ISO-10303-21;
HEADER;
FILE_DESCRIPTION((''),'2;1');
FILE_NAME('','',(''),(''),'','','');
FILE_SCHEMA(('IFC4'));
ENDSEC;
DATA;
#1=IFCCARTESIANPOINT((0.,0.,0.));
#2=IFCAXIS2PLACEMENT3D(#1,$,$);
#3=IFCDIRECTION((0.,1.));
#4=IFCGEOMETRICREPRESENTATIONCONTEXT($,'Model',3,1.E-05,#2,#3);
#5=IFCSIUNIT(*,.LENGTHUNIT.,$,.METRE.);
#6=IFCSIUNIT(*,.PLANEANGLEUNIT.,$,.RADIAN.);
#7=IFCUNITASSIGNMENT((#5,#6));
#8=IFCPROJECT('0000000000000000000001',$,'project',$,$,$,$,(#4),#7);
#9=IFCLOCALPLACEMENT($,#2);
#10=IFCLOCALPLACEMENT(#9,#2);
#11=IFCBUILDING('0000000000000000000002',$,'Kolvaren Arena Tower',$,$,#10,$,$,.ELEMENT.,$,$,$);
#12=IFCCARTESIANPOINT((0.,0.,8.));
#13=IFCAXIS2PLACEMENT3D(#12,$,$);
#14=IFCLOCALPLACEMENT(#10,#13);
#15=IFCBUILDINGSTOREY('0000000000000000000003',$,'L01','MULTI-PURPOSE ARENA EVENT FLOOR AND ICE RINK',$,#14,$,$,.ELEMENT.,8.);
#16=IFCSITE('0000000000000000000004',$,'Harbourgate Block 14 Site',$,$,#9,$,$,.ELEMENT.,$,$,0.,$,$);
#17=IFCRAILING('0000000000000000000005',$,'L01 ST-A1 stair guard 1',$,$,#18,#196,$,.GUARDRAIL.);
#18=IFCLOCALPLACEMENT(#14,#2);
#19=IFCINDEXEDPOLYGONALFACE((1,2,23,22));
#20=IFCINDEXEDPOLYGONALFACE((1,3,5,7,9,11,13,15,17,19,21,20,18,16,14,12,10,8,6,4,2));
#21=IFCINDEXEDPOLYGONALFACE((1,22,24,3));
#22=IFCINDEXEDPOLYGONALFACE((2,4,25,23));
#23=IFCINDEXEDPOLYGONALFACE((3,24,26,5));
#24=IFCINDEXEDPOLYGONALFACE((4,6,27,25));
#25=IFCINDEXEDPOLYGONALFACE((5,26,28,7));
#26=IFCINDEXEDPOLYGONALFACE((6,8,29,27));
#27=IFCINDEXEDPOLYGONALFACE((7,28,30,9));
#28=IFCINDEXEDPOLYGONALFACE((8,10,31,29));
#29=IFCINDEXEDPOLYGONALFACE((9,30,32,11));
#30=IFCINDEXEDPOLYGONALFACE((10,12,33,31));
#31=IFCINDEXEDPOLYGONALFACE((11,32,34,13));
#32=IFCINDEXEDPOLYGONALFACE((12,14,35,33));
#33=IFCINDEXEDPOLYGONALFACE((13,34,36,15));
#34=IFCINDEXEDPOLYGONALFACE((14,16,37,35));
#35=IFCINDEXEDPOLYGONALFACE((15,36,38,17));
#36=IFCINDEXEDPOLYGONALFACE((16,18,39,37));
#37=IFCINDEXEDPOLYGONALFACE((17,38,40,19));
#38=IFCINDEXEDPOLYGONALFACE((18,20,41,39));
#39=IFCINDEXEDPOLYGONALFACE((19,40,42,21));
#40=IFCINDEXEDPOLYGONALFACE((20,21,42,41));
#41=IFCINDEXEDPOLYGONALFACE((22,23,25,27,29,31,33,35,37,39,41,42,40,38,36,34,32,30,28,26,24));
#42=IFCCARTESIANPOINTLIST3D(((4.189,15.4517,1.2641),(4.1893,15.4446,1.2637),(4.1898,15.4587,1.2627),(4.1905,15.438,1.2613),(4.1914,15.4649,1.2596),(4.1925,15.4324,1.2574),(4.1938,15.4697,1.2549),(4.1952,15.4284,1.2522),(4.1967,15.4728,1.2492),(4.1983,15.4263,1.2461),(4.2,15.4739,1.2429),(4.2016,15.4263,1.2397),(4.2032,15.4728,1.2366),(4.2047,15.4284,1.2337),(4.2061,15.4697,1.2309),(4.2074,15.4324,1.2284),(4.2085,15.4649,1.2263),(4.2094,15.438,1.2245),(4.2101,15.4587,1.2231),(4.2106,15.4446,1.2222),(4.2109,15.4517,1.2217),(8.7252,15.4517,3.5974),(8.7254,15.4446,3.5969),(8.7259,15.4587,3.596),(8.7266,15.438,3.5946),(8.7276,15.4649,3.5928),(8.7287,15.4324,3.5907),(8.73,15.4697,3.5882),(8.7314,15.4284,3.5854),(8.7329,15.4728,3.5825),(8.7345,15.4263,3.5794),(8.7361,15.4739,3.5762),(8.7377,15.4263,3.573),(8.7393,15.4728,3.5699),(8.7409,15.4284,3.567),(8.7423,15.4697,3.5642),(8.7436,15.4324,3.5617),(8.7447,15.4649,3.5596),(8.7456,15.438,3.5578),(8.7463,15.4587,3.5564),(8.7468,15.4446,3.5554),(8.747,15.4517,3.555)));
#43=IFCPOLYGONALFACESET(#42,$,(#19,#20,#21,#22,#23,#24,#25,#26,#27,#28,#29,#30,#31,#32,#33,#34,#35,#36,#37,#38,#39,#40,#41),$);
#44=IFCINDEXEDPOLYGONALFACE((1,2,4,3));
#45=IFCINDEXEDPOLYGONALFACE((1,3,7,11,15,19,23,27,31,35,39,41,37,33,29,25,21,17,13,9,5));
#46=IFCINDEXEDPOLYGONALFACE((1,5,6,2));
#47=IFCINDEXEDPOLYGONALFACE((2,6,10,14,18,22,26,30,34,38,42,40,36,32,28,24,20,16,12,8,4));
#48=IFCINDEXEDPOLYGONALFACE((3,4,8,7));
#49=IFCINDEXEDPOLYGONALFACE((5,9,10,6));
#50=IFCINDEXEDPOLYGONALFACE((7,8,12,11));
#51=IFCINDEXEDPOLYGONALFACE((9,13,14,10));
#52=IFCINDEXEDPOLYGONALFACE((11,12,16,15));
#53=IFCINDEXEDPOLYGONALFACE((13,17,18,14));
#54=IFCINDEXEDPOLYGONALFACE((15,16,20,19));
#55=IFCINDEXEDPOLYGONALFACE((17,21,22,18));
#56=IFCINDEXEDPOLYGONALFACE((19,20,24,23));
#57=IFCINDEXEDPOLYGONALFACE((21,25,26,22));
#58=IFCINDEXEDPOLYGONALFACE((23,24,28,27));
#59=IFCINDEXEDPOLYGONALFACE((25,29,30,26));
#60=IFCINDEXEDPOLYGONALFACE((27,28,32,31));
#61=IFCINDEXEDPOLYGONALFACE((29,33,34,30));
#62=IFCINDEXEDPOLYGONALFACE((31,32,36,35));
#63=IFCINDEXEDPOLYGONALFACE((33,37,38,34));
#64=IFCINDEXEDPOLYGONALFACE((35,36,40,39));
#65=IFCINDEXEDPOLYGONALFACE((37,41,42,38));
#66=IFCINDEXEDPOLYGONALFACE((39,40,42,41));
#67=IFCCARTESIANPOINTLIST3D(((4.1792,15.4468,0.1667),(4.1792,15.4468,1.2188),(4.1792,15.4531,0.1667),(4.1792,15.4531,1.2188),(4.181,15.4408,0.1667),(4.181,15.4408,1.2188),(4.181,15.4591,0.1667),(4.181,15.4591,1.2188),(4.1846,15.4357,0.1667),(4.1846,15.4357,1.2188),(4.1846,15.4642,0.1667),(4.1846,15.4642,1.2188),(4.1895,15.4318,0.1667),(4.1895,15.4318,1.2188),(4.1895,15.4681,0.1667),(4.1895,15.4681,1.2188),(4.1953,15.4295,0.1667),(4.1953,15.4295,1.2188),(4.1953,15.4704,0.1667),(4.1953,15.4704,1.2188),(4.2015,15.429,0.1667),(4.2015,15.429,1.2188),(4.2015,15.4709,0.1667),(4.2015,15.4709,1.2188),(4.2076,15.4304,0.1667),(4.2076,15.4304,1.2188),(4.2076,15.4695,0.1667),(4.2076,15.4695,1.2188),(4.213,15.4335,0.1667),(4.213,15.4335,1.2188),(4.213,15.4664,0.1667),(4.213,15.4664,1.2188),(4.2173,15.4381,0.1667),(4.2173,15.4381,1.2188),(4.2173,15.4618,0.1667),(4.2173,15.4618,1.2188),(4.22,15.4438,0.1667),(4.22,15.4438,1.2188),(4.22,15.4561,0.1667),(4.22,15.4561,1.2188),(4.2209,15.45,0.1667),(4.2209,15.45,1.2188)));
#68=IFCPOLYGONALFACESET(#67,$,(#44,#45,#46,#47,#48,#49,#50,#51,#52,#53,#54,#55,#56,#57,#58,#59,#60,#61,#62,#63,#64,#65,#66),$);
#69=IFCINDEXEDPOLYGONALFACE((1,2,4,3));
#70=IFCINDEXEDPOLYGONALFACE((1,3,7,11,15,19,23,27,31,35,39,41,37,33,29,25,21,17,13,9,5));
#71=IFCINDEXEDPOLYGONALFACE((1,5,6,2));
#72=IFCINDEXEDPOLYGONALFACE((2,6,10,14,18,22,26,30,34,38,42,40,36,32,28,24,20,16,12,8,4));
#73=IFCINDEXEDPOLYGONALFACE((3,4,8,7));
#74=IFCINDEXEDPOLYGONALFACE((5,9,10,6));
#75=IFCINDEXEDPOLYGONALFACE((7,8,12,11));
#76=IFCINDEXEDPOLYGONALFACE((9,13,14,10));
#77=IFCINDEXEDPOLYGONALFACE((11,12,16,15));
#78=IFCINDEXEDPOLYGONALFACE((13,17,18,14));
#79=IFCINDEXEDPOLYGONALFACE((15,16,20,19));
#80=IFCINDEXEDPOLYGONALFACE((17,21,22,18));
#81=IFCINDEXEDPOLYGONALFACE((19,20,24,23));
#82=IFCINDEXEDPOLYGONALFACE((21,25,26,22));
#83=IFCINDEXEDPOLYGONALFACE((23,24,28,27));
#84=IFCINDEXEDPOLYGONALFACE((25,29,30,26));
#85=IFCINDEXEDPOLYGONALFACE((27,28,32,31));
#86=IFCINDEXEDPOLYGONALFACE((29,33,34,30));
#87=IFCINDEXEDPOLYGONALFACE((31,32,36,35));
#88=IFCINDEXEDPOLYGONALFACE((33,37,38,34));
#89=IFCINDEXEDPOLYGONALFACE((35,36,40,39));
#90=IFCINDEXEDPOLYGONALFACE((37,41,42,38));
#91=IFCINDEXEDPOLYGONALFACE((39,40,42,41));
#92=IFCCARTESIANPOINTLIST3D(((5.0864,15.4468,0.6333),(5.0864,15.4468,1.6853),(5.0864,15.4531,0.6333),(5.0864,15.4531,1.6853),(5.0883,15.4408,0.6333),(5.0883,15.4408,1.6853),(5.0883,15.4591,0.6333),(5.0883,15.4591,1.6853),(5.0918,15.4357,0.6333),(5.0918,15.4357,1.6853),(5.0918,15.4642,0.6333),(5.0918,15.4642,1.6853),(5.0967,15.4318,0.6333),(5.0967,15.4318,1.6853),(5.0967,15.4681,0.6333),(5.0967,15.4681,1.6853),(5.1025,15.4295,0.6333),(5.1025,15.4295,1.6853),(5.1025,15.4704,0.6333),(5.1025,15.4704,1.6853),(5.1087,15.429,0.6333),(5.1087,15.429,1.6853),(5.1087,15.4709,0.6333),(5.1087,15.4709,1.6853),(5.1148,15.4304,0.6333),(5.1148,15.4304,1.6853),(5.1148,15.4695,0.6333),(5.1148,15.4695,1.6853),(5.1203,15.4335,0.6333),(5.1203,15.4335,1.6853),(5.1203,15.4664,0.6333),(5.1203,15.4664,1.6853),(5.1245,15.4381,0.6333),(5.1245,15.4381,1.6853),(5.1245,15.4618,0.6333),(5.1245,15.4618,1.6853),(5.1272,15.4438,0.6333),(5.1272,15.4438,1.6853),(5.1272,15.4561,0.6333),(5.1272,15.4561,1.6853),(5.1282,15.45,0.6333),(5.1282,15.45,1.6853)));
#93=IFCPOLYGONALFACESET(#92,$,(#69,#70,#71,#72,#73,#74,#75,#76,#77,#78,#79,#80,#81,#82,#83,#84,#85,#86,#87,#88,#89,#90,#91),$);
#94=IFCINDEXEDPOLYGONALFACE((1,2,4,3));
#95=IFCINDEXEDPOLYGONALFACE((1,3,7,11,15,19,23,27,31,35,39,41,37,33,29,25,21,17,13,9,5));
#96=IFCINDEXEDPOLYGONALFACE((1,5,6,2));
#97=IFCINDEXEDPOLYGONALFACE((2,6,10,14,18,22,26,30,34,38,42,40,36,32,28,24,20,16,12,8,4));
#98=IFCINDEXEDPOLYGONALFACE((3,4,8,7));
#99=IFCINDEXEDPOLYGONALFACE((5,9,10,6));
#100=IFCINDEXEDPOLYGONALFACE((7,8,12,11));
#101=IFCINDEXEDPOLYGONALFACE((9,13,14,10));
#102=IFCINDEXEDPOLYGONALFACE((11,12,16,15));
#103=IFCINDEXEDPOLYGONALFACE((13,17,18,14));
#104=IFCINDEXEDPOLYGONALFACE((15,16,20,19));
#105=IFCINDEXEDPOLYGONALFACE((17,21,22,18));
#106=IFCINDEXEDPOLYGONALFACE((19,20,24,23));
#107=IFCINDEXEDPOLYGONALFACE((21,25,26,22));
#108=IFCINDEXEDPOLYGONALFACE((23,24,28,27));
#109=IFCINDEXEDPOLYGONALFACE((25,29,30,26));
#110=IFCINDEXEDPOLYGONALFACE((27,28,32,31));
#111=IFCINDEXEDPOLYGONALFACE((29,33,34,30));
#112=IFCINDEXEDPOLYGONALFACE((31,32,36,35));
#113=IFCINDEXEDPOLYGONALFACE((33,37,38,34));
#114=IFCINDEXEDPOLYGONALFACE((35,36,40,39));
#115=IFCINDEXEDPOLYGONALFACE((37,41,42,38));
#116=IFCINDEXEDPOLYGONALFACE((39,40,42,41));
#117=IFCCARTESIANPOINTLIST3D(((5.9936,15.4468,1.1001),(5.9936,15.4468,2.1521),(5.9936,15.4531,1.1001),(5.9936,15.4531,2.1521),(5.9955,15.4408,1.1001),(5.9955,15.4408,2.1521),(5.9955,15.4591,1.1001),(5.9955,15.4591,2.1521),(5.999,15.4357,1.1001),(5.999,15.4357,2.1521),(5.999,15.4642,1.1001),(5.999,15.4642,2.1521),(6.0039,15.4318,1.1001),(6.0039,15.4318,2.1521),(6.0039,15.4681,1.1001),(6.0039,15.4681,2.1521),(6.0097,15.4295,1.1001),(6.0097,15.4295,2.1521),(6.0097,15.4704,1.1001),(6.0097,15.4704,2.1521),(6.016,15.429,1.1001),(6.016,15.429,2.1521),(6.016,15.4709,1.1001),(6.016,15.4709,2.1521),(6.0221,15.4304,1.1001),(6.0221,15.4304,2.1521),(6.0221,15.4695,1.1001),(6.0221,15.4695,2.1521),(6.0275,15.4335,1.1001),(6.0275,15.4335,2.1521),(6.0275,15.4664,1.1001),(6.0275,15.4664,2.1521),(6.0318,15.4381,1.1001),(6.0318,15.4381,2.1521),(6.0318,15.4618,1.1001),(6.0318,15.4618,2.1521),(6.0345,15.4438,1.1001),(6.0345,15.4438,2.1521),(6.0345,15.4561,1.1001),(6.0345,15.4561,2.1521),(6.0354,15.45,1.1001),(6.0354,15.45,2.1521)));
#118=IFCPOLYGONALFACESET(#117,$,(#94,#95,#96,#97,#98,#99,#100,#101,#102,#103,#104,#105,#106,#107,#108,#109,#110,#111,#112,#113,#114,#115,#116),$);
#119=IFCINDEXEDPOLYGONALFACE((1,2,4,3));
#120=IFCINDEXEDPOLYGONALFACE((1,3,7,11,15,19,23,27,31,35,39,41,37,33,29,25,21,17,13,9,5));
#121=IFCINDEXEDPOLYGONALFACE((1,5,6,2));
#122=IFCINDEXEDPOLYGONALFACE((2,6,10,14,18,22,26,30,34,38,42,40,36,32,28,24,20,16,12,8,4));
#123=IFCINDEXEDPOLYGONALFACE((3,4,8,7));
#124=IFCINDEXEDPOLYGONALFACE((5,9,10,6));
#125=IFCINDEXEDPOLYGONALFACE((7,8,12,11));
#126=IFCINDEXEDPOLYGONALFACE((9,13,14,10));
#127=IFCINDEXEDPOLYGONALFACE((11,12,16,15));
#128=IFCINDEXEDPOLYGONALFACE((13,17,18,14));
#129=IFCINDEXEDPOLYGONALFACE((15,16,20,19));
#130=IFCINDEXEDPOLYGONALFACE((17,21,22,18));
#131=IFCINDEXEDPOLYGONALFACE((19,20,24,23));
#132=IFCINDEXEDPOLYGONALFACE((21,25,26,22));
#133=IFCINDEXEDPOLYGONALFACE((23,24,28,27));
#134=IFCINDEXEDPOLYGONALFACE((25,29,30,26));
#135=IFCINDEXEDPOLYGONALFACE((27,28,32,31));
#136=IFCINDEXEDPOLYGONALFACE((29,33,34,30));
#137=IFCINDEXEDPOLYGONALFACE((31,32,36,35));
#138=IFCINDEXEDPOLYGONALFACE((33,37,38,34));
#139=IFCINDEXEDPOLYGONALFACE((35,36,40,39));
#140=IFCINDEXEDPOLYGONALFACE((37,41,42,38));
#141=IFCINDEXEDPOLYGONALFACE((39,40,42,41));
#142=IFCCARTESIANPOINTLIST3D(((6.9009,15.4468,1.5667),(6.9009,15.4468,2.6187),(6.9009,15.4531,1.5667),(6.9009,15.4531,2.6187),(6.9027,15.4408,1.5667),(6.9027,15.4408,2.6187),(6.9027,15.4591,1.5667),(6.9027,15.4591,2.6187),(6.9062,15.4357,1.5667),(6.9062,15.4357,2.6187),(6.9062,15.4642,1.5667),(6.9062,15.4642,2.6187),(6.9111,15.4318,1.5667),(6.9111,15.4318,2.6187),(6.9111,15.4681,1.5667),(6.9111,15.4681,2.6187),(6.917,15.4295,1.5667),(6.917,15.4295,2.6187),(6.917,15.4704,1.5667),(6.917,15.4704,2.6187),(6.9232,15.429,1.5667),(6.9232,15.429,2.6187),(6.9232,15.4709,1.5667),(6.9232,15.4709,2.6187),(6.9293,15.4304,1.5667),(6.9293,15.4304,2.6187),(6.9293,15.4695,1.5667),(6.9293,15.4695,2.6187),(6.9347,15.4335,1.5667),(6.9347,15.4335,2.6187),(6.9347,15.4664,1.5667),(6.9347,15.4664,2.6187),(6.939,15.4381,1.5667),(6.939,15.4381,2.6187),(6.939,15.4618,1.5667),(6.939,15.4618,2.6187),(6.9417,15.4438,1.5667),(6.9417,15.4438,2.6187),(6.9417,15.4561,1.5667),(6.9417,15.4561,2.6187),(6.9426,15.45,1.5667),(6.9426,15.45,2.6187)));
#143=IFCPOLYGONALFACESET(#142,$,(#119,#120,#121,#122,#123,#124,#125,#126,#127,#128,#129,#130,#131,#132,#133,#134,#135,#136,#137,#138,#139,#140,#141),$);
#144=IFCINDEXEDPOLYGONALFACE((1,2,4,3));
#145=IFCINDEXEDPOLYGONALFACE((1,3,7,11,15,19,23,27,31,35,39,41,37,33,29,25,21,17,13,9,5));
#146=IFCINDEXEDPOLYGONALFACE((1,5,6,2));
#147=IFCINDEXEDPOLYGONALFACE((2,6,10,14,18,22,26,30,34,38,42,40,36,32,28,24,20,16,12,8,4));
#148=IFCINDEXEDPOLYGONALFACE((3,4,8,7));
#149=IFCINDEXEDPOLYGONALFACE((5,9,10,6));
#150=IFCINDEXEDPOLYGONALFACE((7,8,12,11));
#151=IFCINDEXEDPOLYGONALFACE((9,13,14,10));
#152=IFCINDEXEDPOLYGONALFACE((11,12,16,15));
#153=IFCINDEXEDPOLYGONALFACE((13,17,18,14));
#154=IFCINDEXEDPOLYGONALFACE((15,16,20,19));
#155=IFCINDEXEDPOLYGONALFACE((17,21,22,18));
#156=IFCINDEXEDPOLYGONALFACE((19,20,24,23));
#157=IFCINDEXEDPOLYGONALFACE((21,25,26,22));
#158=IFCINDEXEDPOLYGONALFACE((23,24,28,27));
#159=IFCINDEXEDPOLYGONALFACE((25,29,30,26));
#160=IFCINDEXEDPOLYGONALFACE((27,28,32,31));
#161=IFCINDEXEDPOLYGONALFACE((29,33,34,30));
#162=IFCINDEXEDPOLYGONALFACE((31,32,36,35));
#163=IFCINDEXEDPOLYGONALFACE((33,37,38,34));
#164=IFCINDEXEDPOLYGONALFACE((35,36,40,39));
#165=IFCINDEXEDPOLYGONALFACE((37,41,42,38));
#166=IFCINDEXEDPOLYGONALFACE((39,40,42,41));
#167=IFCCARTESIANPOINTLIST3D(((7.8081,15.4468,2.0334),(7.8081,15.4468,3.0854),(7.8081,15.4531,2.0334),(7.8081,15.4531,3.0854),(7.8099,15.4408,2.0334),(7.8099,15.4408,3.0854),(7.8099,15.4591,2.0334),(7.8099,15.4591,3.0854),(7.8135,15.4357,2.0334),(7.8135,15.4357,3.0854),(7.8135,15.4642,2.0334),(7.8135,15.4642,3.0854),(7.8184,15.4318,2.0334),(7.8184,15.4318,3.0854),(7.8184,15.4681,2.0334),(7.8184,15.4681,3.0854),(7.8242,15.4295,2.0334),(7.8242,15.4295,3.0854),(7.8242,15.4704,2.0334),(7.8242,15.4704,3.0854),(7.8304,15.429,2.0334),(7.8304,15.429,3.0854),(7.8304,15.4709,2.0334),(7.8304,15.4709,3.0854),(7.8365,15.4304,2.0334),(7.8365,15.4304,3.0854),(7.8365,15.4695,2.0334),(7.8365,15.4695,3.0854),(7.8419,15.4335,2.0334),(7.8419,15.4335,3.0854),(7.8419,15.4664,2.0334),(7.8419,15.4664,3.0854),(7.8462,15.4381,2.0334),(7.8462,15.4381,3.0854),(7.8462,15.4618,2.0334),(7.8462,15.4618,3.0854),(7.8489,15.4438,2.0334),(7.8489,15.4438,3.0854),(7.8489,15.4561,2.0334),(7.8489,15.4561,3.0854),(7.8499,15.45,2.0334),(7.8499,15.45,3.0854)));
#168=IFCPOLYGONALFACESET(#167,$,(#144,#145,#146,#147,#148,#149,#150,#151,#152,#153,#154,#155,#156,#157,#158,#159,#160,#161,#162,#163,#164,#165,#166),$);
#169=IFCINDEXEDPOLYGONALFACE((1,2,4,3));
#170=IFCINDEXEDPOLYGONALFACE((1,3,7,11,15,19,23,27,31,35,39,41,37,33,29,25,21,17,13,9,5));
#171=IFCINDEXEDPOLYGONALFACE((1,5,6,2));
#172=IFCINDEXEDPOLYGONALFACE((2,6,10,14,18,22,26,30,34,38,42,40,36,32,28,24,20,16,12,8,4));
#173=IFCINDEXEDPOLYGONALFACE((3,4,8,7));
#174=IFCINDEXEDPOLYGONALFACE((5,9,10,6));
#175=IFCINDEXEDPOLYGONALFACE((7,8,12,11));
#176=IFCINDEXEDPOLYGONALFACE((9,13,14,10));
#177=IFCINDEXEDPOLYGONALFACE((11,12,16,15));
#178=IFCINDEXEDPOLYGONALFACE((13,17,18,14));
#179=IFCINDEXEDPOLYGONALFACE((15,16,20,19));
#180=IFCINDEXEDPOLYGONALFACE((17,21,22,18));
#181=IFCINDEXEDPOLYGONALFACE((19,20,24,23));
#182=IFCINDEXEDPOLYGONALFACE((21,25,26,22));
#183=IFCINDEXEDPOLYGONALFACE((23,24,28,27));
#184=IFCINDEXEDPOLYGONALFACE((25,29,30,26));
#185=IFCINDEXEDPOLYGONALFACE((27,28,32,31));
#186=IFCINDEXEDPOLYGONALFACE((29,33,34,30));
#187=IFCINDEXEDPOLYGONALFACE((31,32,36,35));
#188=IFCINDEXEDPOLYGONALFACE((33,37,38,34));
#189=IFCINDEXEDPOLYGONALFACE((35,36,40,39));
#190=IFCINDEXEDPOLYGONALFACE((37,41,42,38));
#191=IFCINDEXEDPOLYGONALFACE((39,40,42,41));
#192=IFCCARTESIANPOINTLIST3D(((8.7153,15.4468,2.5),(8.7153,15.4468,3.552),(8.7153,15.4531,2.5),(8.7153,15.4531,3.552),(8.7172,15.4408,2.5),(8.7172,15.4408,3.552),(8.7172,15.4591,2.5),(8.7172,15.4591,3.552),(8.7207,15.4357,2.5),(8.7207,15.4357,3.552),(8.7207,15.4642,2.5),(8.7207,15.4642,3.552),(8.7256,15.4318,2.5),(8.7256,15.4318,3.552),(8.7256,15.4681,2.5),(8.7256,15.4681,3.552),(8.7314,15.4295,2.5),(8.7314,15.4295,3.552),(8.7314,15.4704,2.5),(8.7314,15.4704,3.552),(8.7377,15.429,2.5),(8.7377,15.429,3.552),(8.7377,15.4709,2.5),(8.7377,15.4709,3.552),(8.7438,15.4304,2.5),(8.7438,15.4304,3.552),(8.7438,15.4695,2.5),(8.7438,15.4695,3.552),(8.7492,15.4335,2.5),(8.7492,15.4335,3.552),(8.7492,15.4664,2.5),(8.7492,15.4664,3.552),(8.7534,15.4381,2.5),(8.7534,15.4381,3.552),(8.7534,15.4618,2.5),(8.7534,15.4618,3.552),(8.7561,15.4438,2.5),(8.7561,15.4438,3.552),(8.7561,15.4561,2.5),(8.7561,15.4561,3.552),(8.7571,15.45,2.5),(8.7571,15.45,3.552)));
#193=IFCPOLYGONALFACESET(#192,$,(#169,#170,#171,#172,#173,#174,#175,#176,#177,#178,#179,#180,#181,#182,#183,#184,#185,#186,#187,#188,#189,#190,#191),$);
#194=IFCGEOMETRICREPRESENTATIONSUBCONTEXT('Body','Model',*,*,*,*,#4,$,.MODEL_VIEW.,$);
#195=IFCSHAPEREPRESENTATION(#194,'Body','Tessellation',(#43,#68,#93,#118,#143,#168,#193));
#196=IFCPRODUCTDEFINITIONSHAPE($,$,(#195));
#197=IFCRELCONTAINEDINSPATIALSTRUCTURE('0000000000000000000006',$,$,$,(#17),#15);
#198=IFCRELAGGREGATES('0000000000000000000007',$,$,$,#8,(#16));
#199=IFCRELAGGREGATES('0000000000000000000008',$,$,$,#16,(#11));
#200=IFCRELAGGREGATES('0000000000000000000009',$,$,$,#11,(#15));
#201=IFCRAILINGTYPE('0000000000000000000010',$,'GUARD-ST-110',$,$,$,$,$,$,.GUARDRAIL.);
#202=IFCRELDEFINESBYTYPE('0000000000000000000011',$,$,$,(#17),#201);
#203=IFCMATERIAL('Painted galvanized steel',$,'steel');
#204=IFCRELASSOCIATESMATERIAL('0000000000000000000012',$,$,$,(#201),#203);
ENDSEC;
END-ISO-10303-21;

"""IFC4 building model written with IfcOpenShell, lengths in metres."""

from ifc_helpers import new_model, si_unit, direction, frame, origin, origin_2d, place, context, subcontext, project, spatial, circle, extrude, material, type_object, element, save


model = new_model("IFC4")

# Units and contexts
model_context = context("Model", 3, precision=1e-05, world=origin(), true_north=direction((0.0, 1.0)))
body_context = subcontext(model_context, "Body", "Model", "MODEL_VIEW")
ifc_project = project(units=[si_unit("LENGTHUNIT", "METRE"), si_unit("PLANEANGLEUNIT", "RADIAN")], contexts=[model_context])

# Site, building, storey
site_placement = place(None, origin())
site = spatial("IfcSite", under=ifc_project, at=site_placement, Name="Harbourgate Block 14 Site", CompositionType="ELEMENT", RefElevation=0.0)
building_placement = place(site_placement, origin())
building = spatial("IfcBuilding", under=site, at=building_placement, Name="Kolvaren Arena Tower", CompositionType="ELEMENT")
storey_placement = place(building_placement, frame((0.0, 0.0, 8.0)))
storey = spatial("IfcBuildingStorey", under=building, at=storey_placement, Name="L01", Description="MULTI-PURPOSE ARENA EVENT FLOOR AND ICE RINK", CompositionType="ELEMENT", Elevation=8.0)

# Railing
ifc_material_1 = material(Name="Painted galvanized steel", Category="steel")
railing_type_1 = type_object("IfcRailingType", Name="GUARD-ST-110", PredefinedType="GUARDRAIL", material=ifc_material_1)
railing_1_placement = place(storey_placement, frame((4.2, 15.45, 0.1667)))
element("IfcRailing", 1, at=railing_1_placement, inside=storey, type_object=railing_type_1, Name="L01 ST-A1 stair guard 1", PredefinedType="GUARDRAIL", context=body_context, shape_type="SweptSolid", body=[
    extrude(circle(Radius=0.0239, at=origin_2d()), frame((0.0, 0.0, 1.0762), z_axis=(0.889257, 0.0, 0.457407), x_axis=(0.0, 1.0, 0.0)), (0.0, 0.0, 1.0), 5.1011),
    extrude(circle(Radius=0.021, at=origin_2d()), origin(), (0.0, 0.0, 1.0), 1.052),
    extrude(circle(Radius=0.021, at=origin_2d()), frame((0.9072, 0.0, 0.4666)), (0.0, 0.0, 1.0), 1.052),
    extrude(circle(Radius=0.021, at=origin_2d()), frame((1.8145, 0.0, 0.9333)), (0.0, 0.0, 1.0), 1.052),
    extrude(circle(Radius=0.021, at=origin_2d()), frame((2.7217, 0.0, 1.3999)), (0.0, 0.0, 1.0), 1.052),
    extrude(circle(Radius=0.021, at=origin_2d()), frame((3.6289, 0.0, 1.8667)), (0.0, 0.0, 1.0), 1.052),
    extrude(circle(Radius=0.021, at=origin_2d()), frame((4.5361, 0.0, 2.3333)), (0.0, 0.0, 1.0), 1.052),
])

save(model, "model.ifc")
